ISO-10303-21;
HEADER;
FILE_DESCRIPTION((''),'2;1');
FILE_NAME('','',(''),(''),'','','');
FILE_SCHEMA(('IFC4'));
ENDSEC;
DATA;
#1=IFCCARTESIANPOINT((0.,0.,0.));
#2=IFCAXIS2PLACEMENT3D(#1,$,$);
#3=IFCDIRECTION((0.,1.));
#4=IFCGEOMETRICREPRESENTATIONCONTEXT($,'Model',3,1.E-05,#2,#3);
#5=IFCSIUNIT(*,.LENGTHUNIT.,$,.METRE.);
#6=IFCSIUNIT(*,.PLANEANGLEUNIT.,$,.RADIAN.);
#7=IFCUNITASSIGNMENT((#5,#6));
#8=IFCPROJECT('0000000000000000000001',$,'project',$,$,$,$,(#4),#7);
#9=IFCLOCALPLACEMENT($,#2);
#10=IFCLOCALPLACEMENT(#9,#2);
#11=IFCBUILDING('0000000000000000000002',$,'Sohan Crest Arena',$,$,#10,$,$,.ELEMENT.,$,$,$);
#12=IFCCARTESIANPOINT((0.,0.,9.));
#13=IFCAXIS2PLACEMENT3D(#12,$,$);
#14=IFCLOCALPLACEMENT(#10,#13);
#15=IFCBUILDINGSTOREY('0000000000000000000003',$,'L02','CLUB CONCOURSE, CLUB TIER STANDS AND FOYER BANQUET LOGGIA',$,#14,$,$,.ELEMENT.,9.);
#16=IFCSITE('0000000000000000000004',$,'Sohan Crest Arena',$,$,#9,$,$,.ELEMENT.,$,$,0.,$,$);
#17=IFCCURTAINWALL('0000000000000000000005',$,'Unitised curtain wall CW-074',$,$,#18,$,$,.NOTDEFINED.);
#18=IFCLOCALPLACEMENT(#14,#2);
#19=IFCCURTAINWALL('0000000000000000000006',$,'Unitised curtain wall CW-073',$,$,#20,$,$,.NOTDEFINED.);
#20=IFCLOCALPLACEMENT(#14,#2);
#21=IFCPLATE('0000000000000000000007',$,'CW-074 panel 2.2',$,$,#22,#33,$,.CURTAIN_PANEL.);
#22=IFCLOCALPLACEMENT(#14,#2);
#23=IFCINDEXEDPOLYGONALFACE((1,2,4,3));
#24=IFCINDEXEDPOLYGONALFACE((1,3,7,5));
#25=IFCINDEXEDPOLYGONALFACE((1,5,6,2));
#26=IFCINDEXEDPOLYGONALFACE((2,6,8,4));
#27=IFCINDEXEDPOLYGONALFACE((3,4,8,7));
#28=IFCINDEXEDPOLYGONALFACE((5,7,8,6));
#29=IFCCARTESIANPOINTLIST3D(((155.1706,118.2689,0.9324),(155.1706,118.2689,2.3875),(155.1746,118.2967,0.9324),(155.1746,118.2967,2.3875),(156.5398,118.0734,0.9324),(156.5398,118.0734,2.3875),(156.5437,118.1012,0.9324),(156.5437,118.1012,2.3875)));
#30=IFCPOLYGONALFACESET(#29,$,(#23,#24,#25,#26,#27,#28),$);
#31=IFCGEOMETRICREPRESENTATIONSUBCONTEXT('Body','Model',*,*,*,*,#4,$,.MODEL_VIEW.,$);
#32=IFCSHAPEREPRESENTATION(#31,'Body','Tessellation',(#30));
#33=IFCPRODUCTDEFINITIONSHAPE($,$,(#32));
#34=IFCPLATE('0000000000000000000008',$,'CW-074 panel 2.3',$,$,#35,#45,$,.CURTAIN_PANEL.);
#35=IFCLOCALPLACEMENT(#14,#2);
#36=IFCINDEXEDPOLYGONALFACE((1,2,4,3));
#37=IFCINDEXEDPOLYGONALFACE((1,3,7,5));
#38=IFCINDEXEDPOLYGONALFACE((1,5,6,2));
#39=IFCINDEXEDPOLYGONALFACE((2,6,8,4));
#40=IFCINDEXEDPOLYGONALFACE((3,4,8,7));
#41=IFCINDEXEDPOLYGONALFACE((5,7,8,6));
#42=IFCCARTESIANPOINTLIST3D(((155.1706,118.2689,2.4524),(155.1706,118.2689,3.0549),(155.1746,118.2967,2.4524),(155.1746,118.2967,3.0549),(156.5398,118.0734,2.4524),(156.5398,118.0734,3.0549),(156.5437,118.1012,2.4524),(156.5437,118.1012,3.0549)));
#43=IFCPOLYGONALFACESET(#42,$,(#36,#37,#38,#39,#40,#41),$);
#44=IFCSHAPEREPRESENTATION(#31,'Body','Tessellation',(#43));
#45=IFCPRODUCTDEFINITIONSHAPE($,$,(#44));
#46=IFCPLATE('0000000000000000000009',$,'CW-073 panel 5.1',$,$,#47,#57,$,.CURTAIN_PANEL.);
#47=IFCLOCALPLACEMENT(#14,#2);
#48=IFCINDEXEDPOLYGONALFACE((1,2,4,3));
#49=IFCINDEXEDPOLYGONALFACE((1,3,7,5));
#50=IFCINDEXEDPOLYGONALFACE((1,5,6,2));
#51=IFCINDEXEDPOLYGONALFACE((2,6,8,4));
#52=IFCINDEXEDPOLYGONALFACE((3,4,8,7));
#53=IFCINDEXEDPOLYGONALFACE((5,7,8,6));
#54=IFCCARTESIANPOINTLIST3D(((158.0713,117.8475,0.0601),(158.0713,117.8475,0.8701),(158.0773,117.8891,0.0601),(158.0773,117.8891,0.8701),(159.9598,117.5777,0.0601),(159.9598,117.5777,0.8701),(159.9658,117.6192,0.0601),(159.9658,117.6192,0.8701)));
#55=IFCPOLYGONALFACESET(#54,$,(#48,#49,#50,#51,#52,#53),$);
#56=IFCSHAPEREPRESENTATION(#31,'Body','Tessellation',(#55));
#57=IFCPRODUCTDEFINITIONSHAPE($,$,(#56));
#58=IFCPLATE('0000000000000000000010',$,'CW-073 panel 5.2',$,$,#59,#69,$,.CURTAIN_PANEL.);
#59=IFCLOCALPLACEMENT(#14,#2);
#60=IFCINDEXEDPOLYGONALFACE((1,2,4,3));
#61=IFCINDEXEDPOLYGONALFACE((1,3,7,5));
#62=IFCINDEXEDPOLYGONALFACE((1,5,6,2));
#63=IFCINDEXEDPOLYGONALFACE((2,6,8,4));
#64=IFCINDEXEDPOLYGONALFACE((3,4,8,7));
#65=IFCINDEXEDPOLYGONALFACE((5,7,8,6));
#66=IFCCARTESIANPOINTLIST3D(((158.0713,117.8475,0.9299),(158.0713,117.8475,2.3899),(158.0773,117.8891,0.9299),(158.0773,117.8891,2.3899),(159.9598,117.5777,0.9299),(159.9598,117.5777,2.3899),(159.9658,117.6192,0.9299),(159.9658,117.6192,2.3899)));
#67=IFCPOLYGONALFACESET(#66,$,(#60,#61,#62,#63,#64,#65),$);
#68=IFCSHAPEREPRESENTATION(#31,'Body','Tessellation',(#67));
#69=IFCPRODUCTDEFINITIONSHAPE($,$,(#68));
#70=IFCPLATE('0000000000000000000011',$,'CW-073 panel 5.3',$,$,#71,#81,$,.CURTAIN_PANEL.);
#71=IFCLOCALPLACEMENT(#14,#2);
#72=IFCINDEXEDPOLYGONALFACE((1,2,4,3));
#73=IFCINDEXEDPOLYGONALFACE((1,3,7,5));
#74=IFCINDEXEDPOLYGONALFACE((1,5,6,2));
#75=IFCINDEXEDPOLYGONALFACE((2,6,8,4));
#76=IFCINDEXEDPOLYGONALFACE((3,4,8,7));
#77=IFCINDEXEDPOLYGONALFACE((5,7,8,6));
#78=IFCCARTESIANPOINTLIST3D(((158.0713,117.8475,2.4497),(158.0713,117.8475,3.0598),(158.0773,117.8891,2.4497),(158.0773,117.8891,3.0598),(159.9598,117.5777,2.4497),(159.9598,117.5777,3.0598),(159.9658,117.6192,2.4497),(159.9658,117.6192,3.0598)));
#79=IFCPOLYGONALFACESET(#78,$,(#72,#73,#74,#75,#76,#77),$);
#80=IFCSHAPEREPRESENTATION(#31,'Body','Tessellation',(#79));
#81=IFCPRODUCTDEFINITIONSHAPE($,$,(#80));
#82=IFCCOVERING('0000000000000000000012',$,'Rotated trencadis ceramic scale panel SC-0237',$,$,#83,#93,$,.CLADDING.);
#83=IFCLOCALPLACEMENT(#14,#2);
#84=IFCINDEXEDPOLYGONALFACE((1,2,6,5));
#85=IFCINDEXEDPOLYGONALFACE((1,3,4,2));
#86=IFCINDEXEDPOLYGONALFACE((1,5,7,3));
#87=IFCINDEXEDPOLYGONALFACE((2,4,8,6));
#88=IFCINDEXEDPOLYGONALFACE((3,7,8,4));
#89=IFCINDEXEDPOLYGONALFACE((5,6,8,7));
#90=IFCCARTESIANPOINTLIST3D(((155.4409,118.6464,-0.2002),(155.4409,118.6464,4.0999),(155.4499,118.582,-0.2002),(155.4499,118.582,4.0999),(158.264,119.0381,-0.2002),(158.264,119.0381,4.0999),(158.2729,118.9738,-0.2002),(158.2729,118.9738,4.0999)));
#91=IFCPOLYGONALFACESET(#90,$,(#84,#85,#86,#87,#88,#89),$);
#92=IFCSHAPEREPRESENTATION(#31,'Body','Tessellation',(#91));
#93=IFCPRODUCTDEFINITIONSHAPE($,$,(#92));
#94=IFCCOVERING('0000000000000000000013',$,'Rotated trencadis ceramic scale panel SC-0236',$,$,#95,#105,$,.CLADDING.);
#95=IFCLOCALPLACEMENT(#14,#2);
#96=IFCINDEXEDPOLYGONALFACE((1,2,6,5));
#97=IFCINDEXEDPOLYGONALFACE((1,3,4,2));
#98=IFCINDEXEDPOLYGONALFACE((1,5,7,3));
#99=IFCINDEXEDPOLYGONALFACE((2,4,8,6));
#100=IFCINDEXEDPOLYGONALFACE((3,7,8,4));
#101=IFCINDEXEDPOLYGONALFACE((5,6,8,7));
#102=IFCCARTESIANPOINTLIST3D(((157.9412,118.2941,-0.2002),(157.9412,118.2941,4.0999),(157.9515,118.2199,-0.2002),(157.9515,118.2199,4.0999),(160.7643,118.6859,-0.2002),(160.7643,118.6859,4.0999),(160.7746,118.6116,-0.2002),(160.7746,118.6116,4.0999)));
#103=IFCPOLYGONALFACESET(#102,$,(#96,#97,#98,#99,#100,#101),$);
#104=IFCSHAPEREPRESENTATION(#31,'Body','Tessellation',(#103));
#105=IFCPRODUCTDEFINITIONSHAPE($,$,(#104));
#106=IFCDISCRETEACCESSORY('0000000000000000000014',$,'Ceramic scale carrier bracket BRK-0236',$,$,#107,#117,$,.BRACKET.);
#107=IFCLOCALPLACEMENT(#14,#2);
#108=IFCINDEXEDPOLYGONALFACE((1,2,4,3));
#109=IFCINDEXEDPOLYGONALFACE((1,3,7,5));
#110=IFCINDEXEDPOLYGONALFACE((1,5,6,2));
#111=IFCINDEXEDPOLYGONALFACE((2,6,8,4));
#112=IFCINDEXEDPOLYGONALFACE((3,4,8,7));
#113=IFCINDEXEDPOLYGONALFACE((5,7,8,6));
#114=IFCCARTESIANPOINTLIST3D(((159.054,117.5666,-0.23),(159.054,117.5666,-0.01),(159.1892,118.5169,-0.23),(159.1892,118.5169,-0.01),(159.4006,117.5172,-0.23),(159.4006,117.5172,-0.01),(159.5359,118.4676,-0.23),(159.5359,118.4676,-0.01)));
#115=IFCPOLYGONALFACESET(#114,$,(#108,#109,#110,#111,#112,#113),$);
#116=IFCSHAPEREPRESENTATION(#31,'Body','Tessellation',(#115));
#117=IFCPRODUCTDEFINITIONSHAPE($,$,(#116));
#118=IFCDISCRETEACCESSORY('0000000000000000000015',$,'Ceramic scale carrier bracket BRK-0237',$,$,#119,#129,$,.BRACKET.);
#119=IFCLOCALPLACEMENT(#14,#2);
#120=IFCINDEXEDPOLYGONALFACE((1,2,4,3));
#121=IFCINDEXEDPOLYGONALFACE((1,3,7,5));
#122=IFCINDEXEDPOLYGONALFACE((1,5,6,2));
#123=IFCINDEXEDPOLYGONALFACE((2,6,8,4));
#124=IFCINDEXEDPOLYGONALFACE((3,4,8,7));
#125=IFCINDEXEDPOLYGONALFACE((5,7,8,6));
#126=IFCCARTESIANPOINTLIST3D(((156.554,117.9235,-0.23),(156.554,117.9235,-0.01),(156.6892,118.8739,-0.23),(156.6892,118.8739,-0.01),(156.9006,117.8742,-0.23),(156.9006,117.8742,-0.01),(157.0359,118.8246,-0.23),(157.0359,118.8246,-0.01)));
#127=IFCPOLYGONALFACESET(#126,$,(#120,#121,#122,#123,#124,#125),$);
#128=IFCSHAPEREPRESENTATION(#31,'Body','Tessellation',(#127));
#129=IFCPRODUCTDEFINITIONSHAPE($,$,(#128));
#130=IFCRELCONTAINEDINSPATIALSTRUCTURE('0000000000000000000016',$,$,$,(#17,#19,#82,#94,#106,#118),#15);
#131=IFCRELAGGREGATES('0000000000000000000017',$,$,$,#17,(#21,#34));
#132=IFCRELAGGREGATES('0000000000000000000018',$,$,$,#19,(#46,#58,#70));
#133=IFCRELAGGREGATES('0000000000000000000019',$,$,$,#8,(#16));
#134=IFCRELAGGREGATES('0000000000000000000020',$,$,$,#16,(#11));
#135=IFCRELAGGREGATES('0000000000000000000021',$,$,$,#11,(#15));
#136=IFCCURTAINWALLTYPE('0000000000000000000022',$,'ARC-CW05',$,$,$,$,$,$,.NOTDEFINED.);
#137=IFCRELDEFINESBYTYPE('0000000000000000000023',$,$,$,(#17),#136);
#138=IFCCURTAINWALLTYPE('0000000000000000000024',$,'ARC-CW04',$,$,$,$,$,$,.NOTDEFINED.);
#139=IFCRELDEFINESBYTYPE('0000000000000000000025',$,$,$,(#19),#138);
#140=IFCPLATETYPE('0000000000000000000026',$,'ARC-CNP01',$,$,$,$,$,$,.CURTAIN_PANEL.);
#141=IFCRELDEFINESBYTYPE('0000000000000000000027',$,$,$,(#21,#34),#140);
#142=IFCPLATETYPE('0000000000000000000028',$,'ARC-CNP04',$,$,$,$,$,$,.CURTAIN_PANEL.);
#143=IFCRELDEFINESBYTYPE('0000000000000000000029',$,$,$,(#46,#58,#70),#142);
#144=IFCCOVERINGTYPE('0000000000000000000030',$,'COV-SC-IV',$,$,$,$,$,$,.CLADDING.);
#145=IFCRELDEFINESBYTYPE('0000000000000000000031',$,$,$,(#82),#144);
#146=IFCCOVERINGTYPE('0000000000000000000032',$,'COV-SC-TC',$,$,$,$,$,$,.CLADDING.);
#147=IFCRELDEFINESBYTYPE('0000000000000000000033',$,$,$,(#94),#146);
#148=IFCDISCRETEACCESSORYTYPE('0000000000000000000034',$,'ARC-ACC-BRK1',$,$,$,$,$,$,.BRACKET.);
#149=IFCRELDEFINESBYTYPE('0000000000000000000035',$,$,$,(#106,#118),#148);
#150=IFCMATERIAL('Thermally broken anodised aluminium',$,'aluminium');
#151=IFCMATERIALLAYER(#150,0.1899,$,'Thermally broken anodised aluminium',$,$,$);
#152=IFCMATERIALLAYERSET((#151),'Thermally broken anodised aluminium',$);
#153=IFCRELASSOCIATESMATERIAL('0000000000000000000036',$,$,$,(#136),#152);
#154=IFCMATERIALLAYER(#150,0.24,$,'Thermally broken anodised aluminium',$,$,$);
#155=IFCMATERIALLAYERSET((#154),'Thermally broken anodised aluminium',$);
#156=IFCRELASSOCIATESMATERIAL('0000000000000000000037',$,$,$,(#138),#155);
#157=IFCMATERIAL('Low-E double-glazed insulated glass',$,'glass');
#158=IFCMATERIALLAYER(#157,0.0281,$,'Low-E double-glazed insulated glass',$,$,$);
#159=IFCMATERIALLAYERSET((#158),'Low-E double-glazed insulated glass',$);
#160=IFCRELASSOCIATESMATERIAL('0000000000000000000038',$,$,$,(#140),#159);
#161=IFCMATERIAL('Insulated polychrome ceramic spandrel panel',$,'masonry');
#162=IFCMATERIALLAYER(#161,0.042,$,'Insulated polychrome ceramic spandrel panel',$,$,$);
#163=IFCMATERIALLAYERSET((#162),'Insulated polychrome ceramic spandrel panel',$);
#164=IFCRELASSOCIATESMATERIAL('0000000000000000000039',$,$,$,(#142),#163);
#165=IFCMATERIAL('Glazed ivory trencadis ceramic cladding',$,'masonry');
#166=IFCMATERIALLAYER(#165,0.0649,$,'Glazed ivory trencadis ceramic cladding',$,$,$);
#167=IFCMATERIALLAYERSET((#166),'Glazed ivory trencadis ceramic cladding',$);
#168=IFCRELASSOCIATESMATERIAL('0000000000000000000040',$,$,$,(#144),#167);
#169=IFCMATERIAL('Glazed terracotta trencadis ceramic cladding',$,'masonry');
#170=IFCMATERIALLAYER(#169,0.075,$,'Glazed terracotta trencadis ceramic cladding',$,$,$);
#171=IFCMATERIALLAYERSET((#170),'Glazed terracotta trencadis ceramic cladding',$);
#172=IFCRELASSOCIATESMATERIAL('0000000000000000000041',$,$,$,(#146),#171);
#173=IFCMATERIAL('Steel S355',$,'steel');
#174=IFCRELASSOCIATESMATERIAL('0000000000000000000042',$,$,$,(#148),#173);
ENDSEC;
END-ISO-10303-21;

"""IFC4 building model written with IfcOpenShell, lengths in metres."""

from ifc_helpers import new_model, si_unit, direction, frame, origin, origin_2d, place, context, subcontext, project, spatial, rectangle, extrude, material, layer, layer_set, type_object, element, aggregate, save


model = new_model("IFC4")

# Units and contexts
model_context = context("Model", 3, precision=1e-05, world=origin(), true_north=direction((0.0, 1.0)))
body_context = subcontext(model_context, "Body", "Model", "MODEL_VIEW")
ifc_project = project(units=[si_unit("LENGTHUNIT", "METRE"), si_unit("PLANEANGLEUNIT", "RADIAN")], contexts=[model_context])

# Site, building, storey
site_placement = place(None, origin())
site = spatial("IfcSite", under=ifc_project, at=site_placement, Name="Sohan Crest Arena", CompositionType="ELEMENT", RefElevation=0.0)
building_placement = place(site_placement, origin())
building = spatial("IfcBuilding", under=site, at=building_placement, Name="Sohan Crest Arena", CompositionType="ELEMENT")
storey_placement = place(building_placement, frame((0.0, 0.0, 9.0)))
storey = spatial("IfcBuildingStorey", under=building, at=storey_placement, Name="L02", Description="CLUB CONCOURSE, CLUB TIER STANDS AND FOYER BANQUET LOGGIA", CompositionType="ELEMENT", Elevation=9.0)

# Shared definitions
ifc_material_1 = material(Name="Steel S355", Category="steel")

# Curtain walls
ifc_material_2 = material(Name="Thermally broken anodised aluminium", Category="aluminium")
ifc_layer_1 = layer(ifc_material_2, 0.1899, Name="Thermally broken anodised aluminium")
ifc_layer_set_1 = layer_set([ifc_layer_1], Name="Thermally broken anodised aluminium")
curtain_wall_type_1 = type_object("IfcCurtainWallType", Name="ARC-CW05", PredefinedType="NOTDEFINED", material=ifc_layer_set_1)
curtain_wall_1_placement = place(storey_placement, origin())
curtain_wall_1 = element("IfcCurtainWall", 1, at=curtain_wall_1_placement, inside=storey, type_object=curtain_wall_type_1, Name="Unitised curtain wall CW-074", PredefinedType="NOTDEFINED")
ifc_layer_2 = layer(ifc_material_2, 0.24, Name="Thermally broken anodised aluminium")
ifc_layer_set_2 = layer_set([ifc_layer_2], Name="Thermally broken anodised aluminium")
curtain_wall_type_2 = type_object("IfcCurtainWallType", Name="ARC-CW04", PredefinedType="NOTDEFINED", material=ifc_layer_set_2)
curtain_wall_2_placement = place(storey_placement, origin())
curtain_wall_2 = element("IfcCurtainWall", 2, at=curtain_wall_2_placement, inside=storey, type_object=curtain_wall_type_2, Name="Unitised curtain wall CW-073", PredefinedType="NOTDEFINED")

# Plates
ifc_material_3 = material(Name="Low-E double-glazed insulated glass", Category="glass")
ifc_layer_3 = layer(ifc_material_3, 0.0281, Name="Low-E double-glazed insulated glass")
ifc_layer_set_3 = layer_set([ifc_layer_3], Name="Low-E double-glazed insulated glass")
plate_type_1 = type_object("IfcPlateType", Name="ARC-CNP01", PredefinedType="CURTAIN_PANEL", material=ifc_layer_set_3)
plate_1_placement = place(storey_placement, frame((155.8572, 118.1851, 0.9324), z_axis=(0.0, 0.0, 1.0), x_axis=(-0.989957, 0.141366, 0.0)))
plate_1 = element("IfcPlate", 3, at=plate_1_placement, type_object=plate_type_1, Name="CW-074 panel 2.2", PredefinedType="CURTAIN_PANEL", context=body_context, shape_type="SweptSolid", body=[
    extrude(rectangle(XDim=1.3831, YDim=0.0281, at=origin_2d()), origin(), (0.0, 0.0, 1.0), 1.4551),
])
plate_2_placement = place(storey_placement, frame((155.8572, 118.1851, 2.4524), z_axis=(0.0, 0.0, 1.0), x_axis=(-0.989957, 0.141366, 0.0)))
plate_2 = element("IfcPlate", 4, at=plate_2_placement, type_object=plate_type_1, Name="CW-074 panel 2.3", PredefinedType="CURTAIN_PANEL", context=body_context, shape_type="SweptSolid", body=[
    extrude(rectangle(XDim=1.3831, YDim=0.0281, at=origin_2d()), origin(), (0.0, 0.0, 1.0), 0.6025),
])
aggregate(curtain_wall_1, [plate_1, plate_2])
ifc_material_4 = material(Name="Insulated polychrome ceramic spandrel panel", Category="masonry")
ifc_layer_4 = layer(ifc_material_4, 0.042, Name="Insulated polychrome ceramic spandrel panel")
ifc_layer_set_4 = layer_set([ifc_layer_4], Name="Insulated polychrome ceramic spandrel panel")
plate_type_2 = type_object("IfcPlateType", Name="ARC-CNP04", PredefinedType="CURTAIN_PANEL", material=ifc_layer_set_4)
plate_3_placement = place(storey_placement, frame((159.0186, 117.7334, 0.0601), z_axis=(0.0, 0.0, 1.0), x_axis=(-0.989944, 0.141463, 0.0)))
plate_3 = element("IfcPlate", 5, at=plate_3_placement, type_object=plate_type_2, Name="CW-073 panel 5.1", PredefinedType="CURTAIN_PANEL", context=body_context, shape_type="SweptSolid", body=[
    extrude(rectangle(XDim=1.9077, YDim=0.042, at=origin_2d()), origin(), (0.0, 0.0, 1.0), 0.8101),
])
plate_4_placement = place(storey_placement, frame((159.0186, 117.7334, 0.9299), z_axis=(0.0, 0.0, 1.0), x_axis=(-0.989944, 0.141463, 0.0)))
plate_4 = element("IfcPlate", 6, at=plate_4_placement, type_object=plate_type_2, Name="CW-073 panel 5.2", PredefinedType="CURTAIN_PANEL", context=body_context, shape_type="SweptSolid", body=[
    extrude(rectangle(XDim=1.9077, YDim=0.042, at=origin_2d()), origin(), (0.0, 0.0, 1.0), 1.46),
])
plate_5_placement = place(storey_placement, frame((159.0186, 117.7334, 2.4497), z_axis=(0.0, 0.0, 1.0), x_axis=(-0.989944, 0.141463, 0.0)))
plate_5 = element("IfcPlate", 7, at=plate_5_placement, type_object=plate_type_2, Name="CW-073 panel 5.3", PredefinedType="CURTAIN_PANEL", context=body_context, shape_type="SweptSolid", body=[
    extrude(rectangle(XDim=1.9077, YDim=0.042, at=origin_2d()), origin(), (0.0, 0.0, 1.0), 0.6101),
])
aggregate(curtain_wall_2, [plate_3, plate_4, plate_5])

# Coverings
ifc_material_5 = material(Name="Glazed ivory trencadis ceramic cladding", Category="masonry")
ifc_layer_5 = layer(ifc_material_5, 0.0649, Name="Glazed ivory trencadis ceramic cladding")
ifc_layer_set_5 = layer_set([ifc_layer_5], Name="Glazed ivory trencadis ceramic cladding")
covering_type_1 = type_object("IfcCoveringType", Name="COV-SC-IV", PredefinedType="CLADDING", material=ifc_layer_set_5)
covering_1_placement = place(storey_placement, frame((156.8569, 118.8101, -0.2002), z_axis=(0.0, 0.0, 1.0), x_axis=(-0.990509, -0.137445, 0.0)))
element("IfcCovering", 8, at=covering_1_placement, inside=storey, type_object=covering_type_1, Name="Rotated trencadis ceramic scale panel SC-0237", PredefinedType="CLADDING", context=body_context, shape_type="SweptSolid", body=[
    extrude(rectangle(XDim=2.8501, YDim=0.0649, at=origin_2d()), origin(), (0.0, 0.0, 1.0), 4.3),
])
ifc_material_6 = material(Name="Glazed terracotta trencadis ceramic cladding", Category="masonry")
ifc_layer_6 = layer(ifc_material_6, 0.075, Name="Glazed terracotta trencadis ceramic cladding")
ifc_layer_set_6 = layer_set([ifc_layer_6], Name="Glazed terracotta trencadis ceramic cladding")
covering_type_2 = type_object("IfcCoveringType", Name="COV-SC-TC", PredefinedType="CLADDING", material=ifc_layer_set_6)
covering_2_placement = place(storey_placement, frame((159.3579, 118.4529, -0.2002), z_axis=(0.0, 0.0, 1.0), x_axis=(-0.990509, -0.137445, 0.0)))
element("IfcCovering", 9, at=covering_2_placement, inside=storey, type_object=covering_type_2, Name="Rotated trencadis ceramic scale panel SC-0236", PredefinedType="CLADDING", context=body_context, shape_type="SweptSolid", body=[
    extrude(rectangle(XDim=2.8501, YDim=0.075, at=origin_2d()), origin(), (0.0, 0.0, 1.0), 4.3),
])

# Discrete accessories
discrete_accessory_type = type_object("IfcDiscreteAccessoryType", Name="ARC-ACC-BRK1", PredefinedType="BRACKET", material=ifc_material_1)
for number, where, z_axis, x_axis, name in (
    (10, (159.2949, 118.0171, -0.23), (0.0, 0.0, 1.0), (-0.990024, 0.140901, 0.0), "Ceramic scale carrier bracket BRK-0236"),
    (11, (156.7949, 118.374, -0.23), (0.0, 0.0, 1.0), (-0.990024, 0.140901, 0.0), "Ceramic scale carrier bracket BRK-0237"),
):
    element("IfcDiscreteAccessory", number, at=place(storey_placement, frame(where, z_axis=z_axis, x_axis=x_axis)), inside=storey, type_object=discrete_accessory_type, Name=name, PredefinedType="BRACKET", context=body_context, shape_type="SweptSolid", body=[
        extrude(rectangle(XDim=0.3501, YDim=0.96, at=origin_2d()), origin(), (0.0, 0.0, 1.0), 0.22),
    ])

save(model, "model.ifc")
